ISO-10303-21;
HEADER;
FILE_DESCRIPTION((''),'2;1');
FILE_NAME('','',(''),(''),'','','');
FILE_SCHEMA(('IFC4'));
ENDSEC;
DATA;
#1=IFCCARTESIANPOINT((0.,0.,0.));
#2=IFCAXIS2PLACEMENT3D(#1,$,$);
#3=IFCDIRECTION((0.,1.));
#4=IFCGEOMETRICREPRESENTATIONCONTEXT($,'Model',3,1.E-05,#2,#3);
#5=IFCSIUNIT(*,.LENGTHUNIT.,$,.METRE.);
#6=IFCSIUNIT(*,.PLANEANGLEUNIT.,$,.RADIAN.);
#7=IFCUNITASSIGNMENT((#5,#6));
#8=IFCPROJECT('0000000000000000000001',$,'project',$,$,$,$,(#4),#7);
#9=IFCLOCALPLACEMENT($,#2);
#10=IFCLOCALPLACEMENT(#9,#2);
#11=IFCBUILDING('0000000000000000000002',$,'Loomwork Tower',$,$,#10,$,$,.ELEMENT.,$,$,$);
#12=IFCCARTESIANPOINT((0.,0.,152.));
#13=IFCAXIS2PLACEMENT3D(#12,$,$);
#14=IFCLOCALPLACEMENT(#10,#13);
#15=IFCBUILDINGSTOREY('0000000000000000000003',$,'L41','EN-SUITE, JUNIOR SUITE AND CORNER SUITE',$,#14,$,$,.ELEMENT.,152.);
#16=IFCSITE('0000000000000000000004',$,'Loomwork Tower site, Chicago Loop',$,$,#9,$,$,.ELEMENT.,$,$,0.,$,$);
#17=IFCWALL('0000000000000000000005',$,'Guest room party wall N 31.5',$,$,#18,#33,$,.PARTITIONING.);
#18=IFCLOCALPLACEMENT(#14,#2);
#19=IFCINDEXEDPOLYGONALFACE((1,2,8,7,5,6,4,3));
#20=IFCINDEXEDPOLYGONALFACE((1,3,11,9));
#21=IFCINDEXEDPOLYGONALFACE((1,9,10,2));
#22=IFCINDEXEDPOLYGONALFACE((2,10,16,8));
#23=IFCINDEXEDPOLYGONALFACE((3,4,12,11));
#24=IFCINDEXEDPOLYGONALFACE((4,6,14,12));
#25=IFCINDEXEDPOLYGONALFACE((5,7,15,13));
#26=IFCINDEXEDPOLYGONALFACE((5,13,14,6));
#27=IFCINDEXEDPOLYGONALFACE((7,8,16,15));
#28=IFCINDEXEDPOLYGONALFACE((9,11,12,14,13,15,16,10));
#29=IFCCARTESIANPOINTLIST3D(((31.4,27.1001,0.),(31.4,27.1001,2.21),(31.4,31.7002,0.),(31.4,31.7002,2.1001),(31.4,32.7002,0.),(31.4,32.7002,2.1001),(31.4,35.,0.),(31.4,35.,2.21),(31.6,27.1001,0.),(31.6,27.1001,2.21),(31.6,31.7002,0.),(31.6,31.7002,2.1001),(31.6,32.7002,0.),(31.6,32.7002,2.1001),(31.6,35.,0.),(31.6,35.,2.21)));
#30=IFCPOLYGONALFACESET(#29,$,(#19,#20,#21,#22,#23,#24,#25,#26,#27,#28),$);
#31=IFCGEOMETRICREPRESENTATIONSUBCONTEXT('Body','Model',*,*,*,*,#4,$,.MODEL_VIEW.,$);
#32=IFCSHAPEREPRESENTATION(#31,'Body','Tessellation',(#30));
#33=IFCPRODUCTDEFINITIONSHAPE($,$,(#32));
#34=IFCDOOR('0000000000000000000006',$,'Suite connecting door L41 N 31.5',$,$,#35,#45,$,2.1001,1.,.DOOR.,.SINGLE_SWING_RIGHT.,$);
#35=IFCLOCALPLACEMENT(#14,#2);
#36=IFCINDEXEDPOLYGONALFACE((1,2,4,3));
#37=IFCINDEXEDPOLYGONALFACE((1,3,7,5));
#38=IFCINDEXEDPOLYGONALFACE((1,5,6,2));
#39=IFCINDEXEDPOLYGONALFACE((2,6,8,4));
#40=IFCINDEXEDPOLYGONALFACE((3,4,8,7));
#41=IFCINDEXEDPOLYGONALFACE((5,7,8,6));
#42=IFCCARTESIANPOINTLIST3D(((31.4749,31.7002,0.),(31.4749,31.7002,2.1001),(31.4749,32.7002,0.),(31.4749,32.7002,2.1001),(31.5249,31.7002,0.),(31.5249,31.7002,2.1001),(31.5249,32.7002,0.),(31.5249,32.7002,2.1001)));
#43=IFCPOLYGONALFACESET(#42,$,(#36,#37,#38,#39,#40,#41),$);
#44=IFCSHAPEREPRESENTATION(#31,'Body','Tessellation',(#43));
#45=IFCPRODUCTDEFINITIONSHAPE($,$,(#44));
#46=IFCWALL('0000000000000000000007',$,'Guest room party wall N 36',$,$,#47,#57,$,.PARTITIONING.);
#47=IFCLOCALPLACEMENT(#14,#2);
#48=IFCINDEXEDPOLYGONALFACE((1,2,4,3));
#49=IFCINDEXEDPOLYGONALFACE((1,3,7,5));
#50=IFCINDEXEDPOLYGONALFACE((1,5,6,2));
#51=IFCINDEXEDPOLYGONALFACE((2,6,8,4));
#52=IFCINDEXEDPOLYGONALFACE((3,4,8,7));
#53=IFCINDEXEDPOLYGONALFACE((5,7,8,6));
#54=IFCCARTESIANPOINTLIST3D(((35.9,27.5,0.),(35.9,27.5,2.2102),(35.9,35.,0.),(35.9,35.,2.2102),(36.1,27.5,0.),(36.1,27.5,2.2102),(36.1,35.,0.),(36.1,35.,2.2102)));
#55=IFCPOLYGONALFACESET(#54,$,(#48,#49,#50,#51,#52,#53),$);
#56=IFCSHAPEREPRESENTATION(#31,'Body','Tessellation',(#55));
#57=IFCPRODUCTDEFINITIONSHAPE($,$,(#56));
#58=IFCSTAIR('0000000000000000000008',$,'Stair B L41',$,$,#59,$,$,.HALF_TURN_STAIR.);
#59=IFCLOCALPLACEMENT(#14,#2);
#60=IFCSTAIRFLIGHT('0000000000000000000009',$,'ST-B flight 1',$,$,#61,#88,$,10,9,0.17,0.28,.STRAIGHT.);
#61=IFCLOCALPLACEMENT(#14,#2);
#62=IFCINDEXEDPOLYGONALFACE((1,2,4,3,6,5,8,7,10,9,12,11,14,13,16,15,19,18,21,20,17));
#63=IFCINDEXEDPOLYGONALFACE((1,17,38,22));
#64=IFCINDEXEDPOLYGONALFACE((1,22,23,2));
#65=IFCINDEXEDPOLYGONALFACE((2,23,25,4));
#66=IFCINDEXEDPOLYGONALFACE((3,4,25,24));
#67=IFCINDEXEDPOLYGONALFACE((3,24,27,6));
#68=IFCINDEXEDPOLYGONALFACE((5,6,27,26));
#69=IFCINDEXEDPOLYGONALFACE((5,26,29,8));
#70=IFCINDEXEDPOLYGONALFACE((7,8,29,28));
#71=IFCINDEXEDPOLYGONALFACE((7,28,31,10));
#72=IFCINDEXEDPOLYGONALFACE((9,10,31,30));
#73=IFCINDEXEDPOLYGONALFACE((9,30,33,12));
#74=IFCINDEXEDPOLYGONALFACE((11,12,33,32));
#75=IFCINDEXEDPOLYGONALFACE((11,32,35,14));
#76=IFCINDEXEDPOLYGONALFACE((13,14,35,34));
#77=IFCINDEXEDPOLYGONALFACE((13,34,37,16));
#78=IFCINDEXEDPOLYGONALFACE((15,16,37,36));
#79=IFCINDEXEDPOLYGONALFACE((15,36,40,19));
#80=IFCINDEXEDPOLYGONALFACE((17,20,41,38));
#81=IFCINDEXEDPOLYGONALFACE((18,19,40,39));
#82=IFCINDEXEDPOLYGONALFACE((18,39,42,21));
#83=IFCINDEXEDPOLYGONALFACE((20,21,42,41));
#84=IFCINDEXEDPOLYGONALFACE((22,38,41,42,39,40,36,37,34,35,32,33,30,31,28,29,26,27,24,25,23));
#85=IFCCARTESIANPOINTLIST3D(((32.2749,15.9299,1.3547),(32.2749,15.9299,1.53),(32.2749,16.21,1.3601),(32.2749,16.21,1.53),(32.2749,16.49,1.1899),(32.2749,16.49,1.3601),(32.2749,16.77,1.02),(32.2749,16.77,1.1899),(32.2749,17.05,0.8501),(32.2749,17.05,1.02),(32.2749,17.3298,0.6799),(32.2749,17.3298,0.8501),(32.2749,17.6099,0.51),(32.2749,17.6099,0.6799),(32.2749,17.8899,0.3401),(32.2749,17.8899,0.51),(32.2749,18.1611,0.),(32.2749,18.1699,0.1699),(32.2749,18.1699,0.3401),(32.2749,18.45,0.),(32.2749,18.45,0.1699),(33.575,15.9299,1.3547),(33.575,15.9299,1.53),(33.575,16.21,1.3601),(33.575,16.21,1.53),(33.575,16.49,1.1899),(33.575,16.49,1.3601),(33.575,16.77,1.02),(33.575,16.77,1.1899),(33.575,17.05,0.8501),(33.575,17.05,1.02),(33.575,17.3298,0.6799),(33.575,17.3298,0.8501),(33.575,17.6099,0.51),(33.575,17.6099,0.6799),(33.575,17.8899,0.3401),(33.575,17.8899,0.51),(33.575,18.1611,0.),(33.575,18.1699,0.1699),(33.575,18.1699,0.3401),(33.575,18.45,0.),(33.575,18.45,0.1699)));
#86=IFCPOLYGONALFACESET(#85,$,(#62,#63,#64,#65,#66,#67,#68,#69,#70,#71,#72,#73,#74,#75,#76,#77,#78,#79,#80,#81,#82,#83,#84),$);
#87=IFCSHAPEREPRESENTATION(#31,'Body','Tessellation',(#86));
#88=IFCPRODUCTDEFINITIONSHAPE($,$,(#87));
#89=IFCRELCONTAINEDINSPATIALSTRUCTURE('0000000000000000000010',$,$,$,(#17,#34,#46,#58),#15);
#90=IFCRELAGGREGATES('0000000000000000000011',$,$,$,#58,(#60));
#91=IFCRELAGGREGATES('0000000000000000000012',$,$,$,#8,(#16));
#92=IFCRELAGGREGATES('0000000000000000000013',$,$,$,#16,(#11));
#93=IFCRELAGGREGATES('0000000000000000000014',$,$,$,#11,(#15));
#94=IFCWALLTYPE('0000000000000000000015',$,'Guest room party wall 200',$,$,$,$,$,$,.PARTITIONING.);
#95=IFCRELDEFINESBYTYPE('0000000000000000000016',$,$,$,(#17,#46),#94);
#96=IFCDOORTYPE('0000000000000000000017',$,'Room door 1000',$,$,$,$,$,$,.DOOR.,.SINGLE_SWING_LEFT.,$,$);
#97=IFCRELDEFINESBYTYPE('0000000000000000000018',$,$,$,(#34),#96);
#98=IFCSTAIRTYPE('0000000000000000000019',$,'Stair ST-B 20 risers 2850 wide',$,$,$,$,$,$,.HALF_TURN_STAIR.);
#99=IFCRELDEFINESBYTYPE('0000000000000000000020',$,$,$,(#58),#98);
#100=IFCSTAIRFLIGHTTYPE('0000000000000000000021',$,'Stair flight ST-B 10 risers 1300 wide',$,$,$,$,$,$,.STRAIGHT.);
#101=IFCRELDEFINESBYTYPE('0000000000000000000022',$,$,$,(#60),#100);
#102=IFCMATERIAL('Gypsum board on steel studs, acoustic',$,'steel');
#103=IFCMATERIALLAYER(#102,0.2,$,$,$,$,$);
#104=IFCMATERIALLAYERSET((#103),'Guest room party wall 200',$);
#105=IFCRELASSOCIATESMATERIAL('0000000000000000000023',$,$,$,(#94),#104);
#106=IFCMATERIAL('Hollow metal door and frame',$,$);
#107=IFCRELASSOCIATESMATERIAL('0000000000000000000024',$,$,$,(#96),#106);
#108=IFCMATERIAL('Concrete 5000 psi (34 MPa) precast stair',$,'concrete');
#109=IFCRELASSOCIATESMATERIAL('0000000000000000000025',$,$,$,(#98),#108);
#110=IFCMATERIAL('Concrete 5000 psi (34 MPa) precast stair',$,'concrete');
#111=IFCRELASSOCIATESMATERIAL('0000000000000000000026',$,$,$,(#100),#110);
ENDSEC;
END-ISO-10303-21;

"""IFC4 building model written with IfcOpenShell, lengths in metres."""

from ifc_helpers import new_model, si_unit, direction, frame, frame_2d, origin, place, context, subcontext, project, spatial, polyline, rectangle, outline, extrude, material, layer, layer_set, type_object, element, fill, aggregate, save


model = new_model("IFC4")

# Units and contexts
model_context = context("Model", 3, precision=1e-05, world=origin(), true_north=direction((0.0, 1.0)))
body_context = subcontext(model_context, "Body", "Model", "MODEL_VIEW")
ifc_project = project(units=[si_unit("LENGTHUNIT", "METRE"), si_unit("PLANEANGLEUNIT", "RADIAN")], contexts=[model_context])

# Site, building, storey
site_placement = place(None, origin())
site = spatial("IfcSite", under=ifc_project, at=site_placement, Name="Loomwork Tower site, Chicago Loop", CompositionType="ELEMENT", RefElevation=0.0)
building_placement = place(site_placement, origin())
building = spatial("IfcBuilding", under=site, at=building_placement, Name="Loomwork Tower", CompositionType="ELEMENT")
storey_placement = place(building_placement, frame((0.0, 0.0, 152.0)))
storey = spatial("IfcBuildingStorey", under=building, at=storey_placement, Name="L41", Description="EN-SUITE, JUNIOR SUITE AND CORNER SUITE", CompositionType="ELEMENT", Elevation=152.0)

# Wall, opening, door
ifc_material_1 = material(Name="Gypsum board on steel studs, acoustic", Category="steel")
ifc_layer_1 = layer(ifc_material_1, 0.2)
ifc_layer_set_1 = layer_set([ifc_layer_1], Name="Guest room party wall 200")
wall_type_1 = type_object("IfcWallType", Name="Guest room party wall 200", PredefinedType="PARTITIONING", material=ifc_layer_set_1)
wall_1_placement = place(storey_placement, frame((31.5, 27.1001, 0.0), z_axis=(0.0, 0.0, 1.0), x_axis=(0.0, 1.0, 0.0)))
wall_1 = element("IfcWall", 1, at=wall_1_placement, inside=storey, type_object=wall_type_1, Name="Guest room party wall N 31.5", PredefinedType="PARTITIONING", context=body_context, shape_type="SweptSolid", body=[
    extrude(rectangle(XDim=7.8999, YDim=0.2, at=frame_2d((3.95, 0.0))), origin(), (0.0, 0.0, 1.0), 2.21),
])
opening_1_placement = place(wall_1_placement, frame((4.6001, 0.0, 0.0)))
opening_1 = element("IfcOpeningElement", 2, at=opening_1_placement, cuts=wall_1, PredefinedType="OPENING", context=body_context, shape_type="SweptSolid", body=[
    extrude(rectangle(XDim=1.0, YDim=2.1001, at=frame_2d((0.5, 1.05))), frame((0.0, 0.1099, 0.0), z_axis=(0.0, -1.0, 0.0), x_axis=(1.0, 0.0, 0.0)), (0.0, 0.0, 1.0), 0.22),
])
ifc_material_2 = material(Name="Hollow metal door and frame")
door_type_1 = type_object("IfcDoorType", Name="Room door 1000", OperationType="SINGLE_SWING_LEFT", PredefinedType="DOOR", material=ifc_material_2)
door_1_placement = place(opening_1_placement, frame((1.0, 0.0, 0.0), z_axis=(0.0, 0.0, 1.0), x_axis=(-1.0, 0.0, 0.0)))
door_1 = element("IfcDoor", 3, at=door_1_placement, inside=storey, type_object=door_type_1, Name="Suite connecting door L41 N 31.5", OperationType="SINGLE_SWING_RIGHT", OverallHeight=2.1001, OverallWidth=1.0, PredefinedType="DOOR", context=body_context, shape_type="SweptSolid", body=[
    extrude(rectangle(XDim=1.0, YDim=2.1001, at=frame_2d((0.5, 1.05))), frame((0.0, 0.0249, 0.0), z_axis=(0.0, -1.0, 0.0), x_axis=(1.0, 0.0, 0.0)), (0.0, 0.0, 1.0), 0.05),
])
fill(opening_1, door_1)

# Wall
wall_2_placement = place(storey_placement, frame((36.0, 27.5, 0.0), z_axis=(0.0, 0.0, 1.0), x_axis=(0.0, 1.0, 0.0)))
element("IfcWall", 4, at=wall_2_placement, inside=storey, type_object=wall_type_1, Name="Guest room party wall N 36", PredefinedType="PARTITIONING", context=body_context, shape_type="SweptSolid", body=[
    extrude(rectangle(XDim=7.5, YDim=0.2, at=frame_2d((3.75, 0.0))), origin(), (0.0, 0.0, 1.0), 2.2102),
])

# Stair, stair flight
ifc_material_3 = material(Name="Concrete 5000 psi (34 MPa) precast stair", Category="concrete")
stair_type = type_object("IfcStairType", Name="Stair ST-B 20 risers 2850 wide", PredefinedType="HALF_TURN_STAIR", material=ifc_material_3)
stair_placement = place(storey_placement, origin())
stair = element("IfcStair", 5, at=stair_placement, inside=storey, type_object=stair_type, Name="Stair B L41", PredefinedType="HALF_TURN_STAIR")
ifc_material_4 = material(Name="Concrete 5000 psi (34 MPa) precast stair", Category="concrete")
stair_flight_type = type_object("IfcStairFlightType", Name="Stair flight ST-B 10 risers 1300 wide", PredefinedType="STRAIGHT", material=ifc_material_4)
stair_flight_placement = place(storey_placement, frame((32.925, 18.45, 0.0), z_axis=(0.0, 0.0, 1.0), x_axis=(0.0, -1.0, 0.0)))
stair_flight = element("IfcStairFlight", 6, at=stair_flight_placement, type_object=stair_flight_type, Name="ST-B flight 1", NumberOfRisers=10, NumberOfTreads=9, PredefinedType="STRAIGHT", RiserHeight=0.17, TreadLength=0.28, context=body_context, shape_type="SweptSolid", body=[
    extrude(outline(polyline([(0.0, 0.0), (0.0, 0.1699), (0.28, 0.1699), (0.28, 0.3401), (0.5601, 0.3401), (0.5601, 0.51), (0.8401, 0.51), (0.8401, 0.6799), (1.1201, 0.6799), (1.1201, 0.8501), (1.3999, 0.8501), (1.3999, 1.02), (1.6799, 1.02), (1.6799, 1.1899), (1.96, 1.1899), (1.96, 1.3601), (2.24, 1.3601), (2.24, 1.53), (2.52, 1.53), (2.52, 1.7), (2.52, 1.3547), (0.2888, 0.0), (0.0, 0.0)])), frame((0.0, 0.6499, 0.0), z_axis=(0.0, -1.0, 0.0), x_axis=(1.0, 0.0, 0.0)), (0.0, 0.0, 1.0), 1.3),
])
aggregate(stair, [stair_flight])

save(model, "model.ifc")
